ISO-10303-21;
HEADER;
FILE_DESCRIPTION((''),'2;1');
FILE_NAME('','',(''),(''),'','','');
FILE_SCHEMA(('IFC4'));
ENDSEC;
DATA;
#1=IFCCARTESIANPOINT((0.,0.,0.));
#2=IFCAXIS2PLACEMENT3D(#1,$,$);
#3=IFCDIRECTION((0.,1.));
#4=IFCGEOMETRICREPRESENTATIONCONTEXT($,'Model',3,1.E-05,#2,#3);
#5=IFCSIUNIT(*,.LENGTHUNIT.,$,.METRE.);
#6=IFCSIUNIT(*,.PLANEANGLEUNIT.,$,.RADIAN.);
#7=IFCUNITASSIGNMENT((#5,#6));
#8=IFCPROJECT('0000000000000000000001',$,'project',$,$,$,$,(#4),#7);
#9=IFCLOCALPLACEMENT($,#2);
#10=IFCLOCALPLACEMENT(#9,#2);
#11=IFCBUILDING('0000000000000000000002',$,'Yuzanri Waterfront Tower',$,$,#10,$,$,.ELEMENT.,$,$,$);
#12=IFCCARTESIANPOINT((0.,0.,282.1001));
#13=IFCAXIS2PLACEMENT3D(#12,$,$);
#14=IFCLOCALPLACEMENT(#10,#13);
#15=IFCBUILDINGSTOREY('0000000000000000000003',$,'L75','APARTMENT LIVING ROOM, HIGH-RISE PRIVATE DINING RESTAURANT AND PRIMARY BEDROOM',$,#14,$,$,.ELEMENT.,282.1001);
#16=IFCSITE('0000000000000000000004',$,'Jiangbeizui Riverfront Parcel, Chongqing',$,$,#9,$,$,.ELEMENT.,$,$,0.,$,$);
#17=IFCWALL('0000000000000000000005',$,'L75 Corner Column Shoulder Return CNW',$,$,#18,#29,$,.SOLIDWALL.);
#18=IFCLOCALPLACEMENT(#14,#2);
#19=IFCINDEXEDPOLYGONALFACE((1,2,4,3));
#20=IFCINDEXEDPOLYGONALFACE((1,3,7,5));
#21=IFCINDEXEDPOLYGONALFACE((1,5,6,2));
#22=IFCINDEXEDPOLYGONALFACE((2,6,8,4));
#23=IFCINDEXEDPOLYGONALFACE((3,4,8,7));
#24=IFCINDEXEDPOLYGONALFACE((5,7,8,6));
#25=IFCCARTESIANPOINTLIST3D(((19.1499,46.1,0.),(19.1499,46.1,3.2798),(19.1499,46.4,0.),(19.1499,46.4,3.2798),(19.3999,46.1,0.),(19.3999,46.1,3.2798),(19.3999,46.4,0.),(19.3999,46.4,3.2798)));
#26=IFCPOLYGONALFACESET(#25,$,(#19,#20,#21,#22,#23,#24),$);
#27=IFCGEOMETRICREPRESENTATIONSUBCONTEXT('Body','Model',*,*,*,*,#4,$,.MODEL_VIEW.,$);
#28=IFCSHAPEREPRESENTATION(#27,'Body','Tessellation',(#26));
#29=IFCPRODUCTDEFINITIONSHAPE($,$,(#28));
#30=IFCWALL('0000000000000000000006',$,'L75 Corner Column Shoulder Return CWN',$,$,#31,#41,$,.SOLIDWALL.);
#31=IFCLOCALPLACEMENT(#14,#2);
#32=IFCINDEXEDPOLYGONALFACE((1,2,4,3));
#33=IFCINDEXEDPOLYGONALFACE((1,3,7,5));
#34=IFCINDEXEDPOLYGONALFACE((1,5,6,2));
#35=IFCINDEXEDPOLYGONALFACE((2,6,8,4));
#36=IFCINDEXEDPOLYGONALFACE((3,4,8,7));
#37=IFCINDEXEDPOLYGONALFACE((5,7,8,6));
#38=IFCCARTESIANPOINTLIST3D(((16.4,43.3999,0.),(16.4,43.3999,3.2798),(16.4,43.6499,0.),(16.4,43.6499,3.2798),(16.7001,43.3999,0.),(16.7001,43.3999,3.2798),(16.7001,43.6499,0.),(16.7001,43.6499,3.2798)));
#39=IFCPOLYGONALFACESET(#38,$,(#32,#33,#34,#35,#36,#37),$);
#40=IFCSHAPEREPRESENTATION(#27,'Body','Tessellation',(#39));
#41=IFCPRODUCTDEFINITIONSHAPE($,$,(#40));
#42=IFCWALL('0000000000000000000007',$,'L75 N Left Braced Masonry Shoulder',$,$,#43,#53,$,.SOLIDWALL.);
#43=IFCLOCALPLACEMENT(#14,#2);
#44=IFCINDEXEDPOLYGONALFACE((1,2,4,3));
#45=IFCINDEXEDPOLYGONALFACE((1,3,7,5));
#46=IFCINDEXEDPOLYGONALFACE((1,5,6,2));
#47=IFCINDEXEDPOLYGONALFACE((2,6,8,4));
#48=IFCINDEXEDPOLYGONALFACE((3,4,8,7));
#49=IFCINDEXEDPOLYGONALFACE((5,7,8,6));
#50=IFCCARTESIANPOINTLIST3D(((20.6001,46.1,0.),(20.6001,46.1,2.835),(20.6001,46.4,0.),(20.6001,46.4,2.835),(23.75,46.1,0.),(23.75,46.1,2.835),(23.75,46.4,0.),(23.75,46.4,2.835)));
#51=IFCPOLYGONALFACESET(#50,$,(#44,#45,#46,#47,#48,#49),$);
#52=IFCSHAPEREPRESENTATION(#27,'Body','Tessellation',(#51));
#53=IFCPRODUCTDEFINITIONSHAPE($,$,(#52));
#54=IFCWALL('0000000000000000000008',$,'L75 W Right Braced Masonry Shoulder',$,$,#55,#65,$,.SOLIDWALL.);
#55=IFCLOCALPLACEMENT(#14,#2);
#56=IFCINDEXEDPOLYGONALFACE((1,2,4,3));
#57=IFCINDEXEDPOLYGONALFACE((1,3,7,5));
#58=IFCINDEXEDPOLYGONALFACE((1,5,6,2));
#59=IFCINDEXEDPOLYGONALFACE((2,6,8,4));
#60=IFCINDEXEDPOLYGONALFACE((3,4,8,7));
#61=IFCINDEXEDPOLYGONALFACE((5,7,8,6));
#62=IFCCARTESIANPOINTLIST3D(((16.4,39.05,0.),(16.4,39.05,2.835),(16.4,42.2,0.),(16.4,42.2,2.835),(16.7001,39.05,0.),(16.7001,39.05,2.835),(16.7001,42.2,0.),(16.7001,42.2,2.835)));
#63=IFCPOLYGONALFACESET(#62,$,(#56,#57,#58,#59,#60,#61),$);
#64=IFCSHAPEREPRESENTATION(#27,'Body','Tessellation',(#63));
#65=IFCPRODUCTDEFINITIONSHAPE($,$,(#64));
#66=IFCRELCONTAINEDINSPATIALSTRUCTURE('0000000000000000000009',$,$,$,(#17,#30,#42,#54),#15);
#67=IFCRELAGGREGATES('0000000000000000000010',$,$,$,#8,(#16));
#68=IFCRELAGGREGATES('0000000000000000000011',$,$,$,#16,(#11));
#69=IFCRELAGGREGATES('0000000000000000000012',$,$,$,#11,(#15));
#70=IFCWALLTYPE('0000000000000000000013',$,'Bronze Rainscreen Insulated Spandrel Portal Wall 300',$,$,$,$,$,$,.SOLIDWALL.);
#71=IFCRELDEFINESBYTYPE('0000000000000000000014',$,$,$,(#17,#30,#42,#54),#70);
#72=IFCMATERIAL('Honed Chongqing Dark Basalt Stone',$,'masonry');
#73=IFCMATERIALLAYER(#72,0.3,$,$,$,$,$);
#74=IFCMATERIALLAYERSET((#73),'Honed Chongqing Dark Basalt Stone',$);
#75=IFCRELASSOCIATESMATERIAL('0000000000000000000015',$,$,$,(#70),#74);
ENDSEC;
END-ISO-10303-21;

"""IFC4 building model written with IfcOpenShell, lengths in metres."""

from ifc_helpers import new_model, si_unit, direction, frame, frame_2d, origin, place, context, subcontext, project, spatial, rectangle, extrude, source, transform, mapped, material, layer, layer_set, type_object, element, save


model = new_model("IFC4")

# Units and contexts
model_context = context("Model", 3, precision=1e-05, world=origin(), true_north=direction((0.0, 1.0)))
body_context = subcontext(model_context, "Body", "Model", "MODEL_VIEW")
ifc_project = project(units=[si_unit("LENGTHUNIT", "METRE"), si_unit("PLANEANGLEUNIT", "RADIAN")], contexts=[model_context])

# Site, building, storey
site_placement = place(None, origin())
site = spatial("IfcSite", under=ifc_project, at=site_placement, Name="Jiangbeizui Riverfront Parcel, Chongqing", CompositionType="ELEMENT", RefElevation=0.0)
building_placement = place(site_placement, origin())
building = spatial("IfcBuilding", under=site, at=building_placement, Name="Yuzanri Waterfront Tower", CompositionType="ELEMENT")
storey_placement = place(building_placement, frame((0.0, 0.0, 282.1001)))
storey = spatial("IfcBuildingStorey", under=building, at=storey_placement, Name="L75", Description="APARTMENT LIVING ROOM, HIGH-RISE PRIVATE DINING RESTAURANT AND PRIMARY BEDROOM", CompositionType="ELEMENT", Elevation=282.1001)

# Shared definitions
ifc_material_1 = material(Name="Honed Chongqing Dark Basalt Stone", Category="masonry")
ifc_layer_1 = layer(ifc_material_1, 0.3)
ifc_layer_set_1 = layer_set([ifc_layer_1], Name="Honed Chongqing Dark Basalt Stone")
wall_type = type_object("IfcWallType", Name="Bronze Rainscreen Insulated Spandrel Portal Wall 300", PredefinedType="SOLIDWALL", material=ifc_layer_set_1)

# Walls
shared_shape_1 = source(origin(), body_context, "Body", "SweptSolid", [
    extrude(rectangle(XDim=0.25, YDim=0.3, at=frame_2d((0.125, 0.0))), origin(), (0.0, 0.0, 1.0), 3.2798),
])
for number, where, z_axis, x_axis, name in (
    (1, (19.1499, 46.25, 0.0), (0.0, 0.0, 1.0), (1.0, 0.0, 0.0), "L75 Corner Column Shoulder Return CNW"),
    (2, (16.55, 43.3999, 0.0), (0.0, 0.0, 1.0), (0.0, 1.0, 0.0), "L75 Corner Column Shoulder Return CWN"),
):
    element("IfcWall", number, at=place(storey_placement, frame(where, z_axis=z_axis, x_axis=x_axis)), inside=storey, type_object=wall_type, Name=name, PredefinedType="SOLIDWALL", context=body_context, shape_type="MappedRepresentation", body=[
        mapped(shared_shape_1, transform((0.0, 0.0, 0.0), scale=1.0)),
    ])
shared_shape_2 = source(origin(), body_context, "Body", "SweptSolid", [
    extrude(rectangle(XDim=3.1499, YDim=0.3, at=frame_2d((1.575, 0.0))), origin(), (0.0, 0.0, 1.0), 2.835),
])
for number, where, z_axis, x_axis, name in (
    (3, (20.6001, 46.25, 0.0), (0.0, 0.0, 1.0), (1.0, 0.0, 0.0), "L75 N Left Braced Masonry Shoulder"),
    (4, (16.55, 39.05, 0.0), (0.0, 0.0, 1.0), (0.0, 1.0, 0.0), "L75 W Right Braced Masonry Shoulder"),
):
    element("IfcWall", number, at=place(storey_placement, frame(where, z_axis=z_axis, x_axis=x_axis)), inside=storey, type_object=wall_type, Name=name, PredefinedType="SOLIDWALL", context=body_context, shape_type="MappedRepresentation", body=[
        mapped(shared_shape_2, transform((0.0, 0.0, 0.0), scale=1.0)),
    ])

save(model, "model.ifc")
